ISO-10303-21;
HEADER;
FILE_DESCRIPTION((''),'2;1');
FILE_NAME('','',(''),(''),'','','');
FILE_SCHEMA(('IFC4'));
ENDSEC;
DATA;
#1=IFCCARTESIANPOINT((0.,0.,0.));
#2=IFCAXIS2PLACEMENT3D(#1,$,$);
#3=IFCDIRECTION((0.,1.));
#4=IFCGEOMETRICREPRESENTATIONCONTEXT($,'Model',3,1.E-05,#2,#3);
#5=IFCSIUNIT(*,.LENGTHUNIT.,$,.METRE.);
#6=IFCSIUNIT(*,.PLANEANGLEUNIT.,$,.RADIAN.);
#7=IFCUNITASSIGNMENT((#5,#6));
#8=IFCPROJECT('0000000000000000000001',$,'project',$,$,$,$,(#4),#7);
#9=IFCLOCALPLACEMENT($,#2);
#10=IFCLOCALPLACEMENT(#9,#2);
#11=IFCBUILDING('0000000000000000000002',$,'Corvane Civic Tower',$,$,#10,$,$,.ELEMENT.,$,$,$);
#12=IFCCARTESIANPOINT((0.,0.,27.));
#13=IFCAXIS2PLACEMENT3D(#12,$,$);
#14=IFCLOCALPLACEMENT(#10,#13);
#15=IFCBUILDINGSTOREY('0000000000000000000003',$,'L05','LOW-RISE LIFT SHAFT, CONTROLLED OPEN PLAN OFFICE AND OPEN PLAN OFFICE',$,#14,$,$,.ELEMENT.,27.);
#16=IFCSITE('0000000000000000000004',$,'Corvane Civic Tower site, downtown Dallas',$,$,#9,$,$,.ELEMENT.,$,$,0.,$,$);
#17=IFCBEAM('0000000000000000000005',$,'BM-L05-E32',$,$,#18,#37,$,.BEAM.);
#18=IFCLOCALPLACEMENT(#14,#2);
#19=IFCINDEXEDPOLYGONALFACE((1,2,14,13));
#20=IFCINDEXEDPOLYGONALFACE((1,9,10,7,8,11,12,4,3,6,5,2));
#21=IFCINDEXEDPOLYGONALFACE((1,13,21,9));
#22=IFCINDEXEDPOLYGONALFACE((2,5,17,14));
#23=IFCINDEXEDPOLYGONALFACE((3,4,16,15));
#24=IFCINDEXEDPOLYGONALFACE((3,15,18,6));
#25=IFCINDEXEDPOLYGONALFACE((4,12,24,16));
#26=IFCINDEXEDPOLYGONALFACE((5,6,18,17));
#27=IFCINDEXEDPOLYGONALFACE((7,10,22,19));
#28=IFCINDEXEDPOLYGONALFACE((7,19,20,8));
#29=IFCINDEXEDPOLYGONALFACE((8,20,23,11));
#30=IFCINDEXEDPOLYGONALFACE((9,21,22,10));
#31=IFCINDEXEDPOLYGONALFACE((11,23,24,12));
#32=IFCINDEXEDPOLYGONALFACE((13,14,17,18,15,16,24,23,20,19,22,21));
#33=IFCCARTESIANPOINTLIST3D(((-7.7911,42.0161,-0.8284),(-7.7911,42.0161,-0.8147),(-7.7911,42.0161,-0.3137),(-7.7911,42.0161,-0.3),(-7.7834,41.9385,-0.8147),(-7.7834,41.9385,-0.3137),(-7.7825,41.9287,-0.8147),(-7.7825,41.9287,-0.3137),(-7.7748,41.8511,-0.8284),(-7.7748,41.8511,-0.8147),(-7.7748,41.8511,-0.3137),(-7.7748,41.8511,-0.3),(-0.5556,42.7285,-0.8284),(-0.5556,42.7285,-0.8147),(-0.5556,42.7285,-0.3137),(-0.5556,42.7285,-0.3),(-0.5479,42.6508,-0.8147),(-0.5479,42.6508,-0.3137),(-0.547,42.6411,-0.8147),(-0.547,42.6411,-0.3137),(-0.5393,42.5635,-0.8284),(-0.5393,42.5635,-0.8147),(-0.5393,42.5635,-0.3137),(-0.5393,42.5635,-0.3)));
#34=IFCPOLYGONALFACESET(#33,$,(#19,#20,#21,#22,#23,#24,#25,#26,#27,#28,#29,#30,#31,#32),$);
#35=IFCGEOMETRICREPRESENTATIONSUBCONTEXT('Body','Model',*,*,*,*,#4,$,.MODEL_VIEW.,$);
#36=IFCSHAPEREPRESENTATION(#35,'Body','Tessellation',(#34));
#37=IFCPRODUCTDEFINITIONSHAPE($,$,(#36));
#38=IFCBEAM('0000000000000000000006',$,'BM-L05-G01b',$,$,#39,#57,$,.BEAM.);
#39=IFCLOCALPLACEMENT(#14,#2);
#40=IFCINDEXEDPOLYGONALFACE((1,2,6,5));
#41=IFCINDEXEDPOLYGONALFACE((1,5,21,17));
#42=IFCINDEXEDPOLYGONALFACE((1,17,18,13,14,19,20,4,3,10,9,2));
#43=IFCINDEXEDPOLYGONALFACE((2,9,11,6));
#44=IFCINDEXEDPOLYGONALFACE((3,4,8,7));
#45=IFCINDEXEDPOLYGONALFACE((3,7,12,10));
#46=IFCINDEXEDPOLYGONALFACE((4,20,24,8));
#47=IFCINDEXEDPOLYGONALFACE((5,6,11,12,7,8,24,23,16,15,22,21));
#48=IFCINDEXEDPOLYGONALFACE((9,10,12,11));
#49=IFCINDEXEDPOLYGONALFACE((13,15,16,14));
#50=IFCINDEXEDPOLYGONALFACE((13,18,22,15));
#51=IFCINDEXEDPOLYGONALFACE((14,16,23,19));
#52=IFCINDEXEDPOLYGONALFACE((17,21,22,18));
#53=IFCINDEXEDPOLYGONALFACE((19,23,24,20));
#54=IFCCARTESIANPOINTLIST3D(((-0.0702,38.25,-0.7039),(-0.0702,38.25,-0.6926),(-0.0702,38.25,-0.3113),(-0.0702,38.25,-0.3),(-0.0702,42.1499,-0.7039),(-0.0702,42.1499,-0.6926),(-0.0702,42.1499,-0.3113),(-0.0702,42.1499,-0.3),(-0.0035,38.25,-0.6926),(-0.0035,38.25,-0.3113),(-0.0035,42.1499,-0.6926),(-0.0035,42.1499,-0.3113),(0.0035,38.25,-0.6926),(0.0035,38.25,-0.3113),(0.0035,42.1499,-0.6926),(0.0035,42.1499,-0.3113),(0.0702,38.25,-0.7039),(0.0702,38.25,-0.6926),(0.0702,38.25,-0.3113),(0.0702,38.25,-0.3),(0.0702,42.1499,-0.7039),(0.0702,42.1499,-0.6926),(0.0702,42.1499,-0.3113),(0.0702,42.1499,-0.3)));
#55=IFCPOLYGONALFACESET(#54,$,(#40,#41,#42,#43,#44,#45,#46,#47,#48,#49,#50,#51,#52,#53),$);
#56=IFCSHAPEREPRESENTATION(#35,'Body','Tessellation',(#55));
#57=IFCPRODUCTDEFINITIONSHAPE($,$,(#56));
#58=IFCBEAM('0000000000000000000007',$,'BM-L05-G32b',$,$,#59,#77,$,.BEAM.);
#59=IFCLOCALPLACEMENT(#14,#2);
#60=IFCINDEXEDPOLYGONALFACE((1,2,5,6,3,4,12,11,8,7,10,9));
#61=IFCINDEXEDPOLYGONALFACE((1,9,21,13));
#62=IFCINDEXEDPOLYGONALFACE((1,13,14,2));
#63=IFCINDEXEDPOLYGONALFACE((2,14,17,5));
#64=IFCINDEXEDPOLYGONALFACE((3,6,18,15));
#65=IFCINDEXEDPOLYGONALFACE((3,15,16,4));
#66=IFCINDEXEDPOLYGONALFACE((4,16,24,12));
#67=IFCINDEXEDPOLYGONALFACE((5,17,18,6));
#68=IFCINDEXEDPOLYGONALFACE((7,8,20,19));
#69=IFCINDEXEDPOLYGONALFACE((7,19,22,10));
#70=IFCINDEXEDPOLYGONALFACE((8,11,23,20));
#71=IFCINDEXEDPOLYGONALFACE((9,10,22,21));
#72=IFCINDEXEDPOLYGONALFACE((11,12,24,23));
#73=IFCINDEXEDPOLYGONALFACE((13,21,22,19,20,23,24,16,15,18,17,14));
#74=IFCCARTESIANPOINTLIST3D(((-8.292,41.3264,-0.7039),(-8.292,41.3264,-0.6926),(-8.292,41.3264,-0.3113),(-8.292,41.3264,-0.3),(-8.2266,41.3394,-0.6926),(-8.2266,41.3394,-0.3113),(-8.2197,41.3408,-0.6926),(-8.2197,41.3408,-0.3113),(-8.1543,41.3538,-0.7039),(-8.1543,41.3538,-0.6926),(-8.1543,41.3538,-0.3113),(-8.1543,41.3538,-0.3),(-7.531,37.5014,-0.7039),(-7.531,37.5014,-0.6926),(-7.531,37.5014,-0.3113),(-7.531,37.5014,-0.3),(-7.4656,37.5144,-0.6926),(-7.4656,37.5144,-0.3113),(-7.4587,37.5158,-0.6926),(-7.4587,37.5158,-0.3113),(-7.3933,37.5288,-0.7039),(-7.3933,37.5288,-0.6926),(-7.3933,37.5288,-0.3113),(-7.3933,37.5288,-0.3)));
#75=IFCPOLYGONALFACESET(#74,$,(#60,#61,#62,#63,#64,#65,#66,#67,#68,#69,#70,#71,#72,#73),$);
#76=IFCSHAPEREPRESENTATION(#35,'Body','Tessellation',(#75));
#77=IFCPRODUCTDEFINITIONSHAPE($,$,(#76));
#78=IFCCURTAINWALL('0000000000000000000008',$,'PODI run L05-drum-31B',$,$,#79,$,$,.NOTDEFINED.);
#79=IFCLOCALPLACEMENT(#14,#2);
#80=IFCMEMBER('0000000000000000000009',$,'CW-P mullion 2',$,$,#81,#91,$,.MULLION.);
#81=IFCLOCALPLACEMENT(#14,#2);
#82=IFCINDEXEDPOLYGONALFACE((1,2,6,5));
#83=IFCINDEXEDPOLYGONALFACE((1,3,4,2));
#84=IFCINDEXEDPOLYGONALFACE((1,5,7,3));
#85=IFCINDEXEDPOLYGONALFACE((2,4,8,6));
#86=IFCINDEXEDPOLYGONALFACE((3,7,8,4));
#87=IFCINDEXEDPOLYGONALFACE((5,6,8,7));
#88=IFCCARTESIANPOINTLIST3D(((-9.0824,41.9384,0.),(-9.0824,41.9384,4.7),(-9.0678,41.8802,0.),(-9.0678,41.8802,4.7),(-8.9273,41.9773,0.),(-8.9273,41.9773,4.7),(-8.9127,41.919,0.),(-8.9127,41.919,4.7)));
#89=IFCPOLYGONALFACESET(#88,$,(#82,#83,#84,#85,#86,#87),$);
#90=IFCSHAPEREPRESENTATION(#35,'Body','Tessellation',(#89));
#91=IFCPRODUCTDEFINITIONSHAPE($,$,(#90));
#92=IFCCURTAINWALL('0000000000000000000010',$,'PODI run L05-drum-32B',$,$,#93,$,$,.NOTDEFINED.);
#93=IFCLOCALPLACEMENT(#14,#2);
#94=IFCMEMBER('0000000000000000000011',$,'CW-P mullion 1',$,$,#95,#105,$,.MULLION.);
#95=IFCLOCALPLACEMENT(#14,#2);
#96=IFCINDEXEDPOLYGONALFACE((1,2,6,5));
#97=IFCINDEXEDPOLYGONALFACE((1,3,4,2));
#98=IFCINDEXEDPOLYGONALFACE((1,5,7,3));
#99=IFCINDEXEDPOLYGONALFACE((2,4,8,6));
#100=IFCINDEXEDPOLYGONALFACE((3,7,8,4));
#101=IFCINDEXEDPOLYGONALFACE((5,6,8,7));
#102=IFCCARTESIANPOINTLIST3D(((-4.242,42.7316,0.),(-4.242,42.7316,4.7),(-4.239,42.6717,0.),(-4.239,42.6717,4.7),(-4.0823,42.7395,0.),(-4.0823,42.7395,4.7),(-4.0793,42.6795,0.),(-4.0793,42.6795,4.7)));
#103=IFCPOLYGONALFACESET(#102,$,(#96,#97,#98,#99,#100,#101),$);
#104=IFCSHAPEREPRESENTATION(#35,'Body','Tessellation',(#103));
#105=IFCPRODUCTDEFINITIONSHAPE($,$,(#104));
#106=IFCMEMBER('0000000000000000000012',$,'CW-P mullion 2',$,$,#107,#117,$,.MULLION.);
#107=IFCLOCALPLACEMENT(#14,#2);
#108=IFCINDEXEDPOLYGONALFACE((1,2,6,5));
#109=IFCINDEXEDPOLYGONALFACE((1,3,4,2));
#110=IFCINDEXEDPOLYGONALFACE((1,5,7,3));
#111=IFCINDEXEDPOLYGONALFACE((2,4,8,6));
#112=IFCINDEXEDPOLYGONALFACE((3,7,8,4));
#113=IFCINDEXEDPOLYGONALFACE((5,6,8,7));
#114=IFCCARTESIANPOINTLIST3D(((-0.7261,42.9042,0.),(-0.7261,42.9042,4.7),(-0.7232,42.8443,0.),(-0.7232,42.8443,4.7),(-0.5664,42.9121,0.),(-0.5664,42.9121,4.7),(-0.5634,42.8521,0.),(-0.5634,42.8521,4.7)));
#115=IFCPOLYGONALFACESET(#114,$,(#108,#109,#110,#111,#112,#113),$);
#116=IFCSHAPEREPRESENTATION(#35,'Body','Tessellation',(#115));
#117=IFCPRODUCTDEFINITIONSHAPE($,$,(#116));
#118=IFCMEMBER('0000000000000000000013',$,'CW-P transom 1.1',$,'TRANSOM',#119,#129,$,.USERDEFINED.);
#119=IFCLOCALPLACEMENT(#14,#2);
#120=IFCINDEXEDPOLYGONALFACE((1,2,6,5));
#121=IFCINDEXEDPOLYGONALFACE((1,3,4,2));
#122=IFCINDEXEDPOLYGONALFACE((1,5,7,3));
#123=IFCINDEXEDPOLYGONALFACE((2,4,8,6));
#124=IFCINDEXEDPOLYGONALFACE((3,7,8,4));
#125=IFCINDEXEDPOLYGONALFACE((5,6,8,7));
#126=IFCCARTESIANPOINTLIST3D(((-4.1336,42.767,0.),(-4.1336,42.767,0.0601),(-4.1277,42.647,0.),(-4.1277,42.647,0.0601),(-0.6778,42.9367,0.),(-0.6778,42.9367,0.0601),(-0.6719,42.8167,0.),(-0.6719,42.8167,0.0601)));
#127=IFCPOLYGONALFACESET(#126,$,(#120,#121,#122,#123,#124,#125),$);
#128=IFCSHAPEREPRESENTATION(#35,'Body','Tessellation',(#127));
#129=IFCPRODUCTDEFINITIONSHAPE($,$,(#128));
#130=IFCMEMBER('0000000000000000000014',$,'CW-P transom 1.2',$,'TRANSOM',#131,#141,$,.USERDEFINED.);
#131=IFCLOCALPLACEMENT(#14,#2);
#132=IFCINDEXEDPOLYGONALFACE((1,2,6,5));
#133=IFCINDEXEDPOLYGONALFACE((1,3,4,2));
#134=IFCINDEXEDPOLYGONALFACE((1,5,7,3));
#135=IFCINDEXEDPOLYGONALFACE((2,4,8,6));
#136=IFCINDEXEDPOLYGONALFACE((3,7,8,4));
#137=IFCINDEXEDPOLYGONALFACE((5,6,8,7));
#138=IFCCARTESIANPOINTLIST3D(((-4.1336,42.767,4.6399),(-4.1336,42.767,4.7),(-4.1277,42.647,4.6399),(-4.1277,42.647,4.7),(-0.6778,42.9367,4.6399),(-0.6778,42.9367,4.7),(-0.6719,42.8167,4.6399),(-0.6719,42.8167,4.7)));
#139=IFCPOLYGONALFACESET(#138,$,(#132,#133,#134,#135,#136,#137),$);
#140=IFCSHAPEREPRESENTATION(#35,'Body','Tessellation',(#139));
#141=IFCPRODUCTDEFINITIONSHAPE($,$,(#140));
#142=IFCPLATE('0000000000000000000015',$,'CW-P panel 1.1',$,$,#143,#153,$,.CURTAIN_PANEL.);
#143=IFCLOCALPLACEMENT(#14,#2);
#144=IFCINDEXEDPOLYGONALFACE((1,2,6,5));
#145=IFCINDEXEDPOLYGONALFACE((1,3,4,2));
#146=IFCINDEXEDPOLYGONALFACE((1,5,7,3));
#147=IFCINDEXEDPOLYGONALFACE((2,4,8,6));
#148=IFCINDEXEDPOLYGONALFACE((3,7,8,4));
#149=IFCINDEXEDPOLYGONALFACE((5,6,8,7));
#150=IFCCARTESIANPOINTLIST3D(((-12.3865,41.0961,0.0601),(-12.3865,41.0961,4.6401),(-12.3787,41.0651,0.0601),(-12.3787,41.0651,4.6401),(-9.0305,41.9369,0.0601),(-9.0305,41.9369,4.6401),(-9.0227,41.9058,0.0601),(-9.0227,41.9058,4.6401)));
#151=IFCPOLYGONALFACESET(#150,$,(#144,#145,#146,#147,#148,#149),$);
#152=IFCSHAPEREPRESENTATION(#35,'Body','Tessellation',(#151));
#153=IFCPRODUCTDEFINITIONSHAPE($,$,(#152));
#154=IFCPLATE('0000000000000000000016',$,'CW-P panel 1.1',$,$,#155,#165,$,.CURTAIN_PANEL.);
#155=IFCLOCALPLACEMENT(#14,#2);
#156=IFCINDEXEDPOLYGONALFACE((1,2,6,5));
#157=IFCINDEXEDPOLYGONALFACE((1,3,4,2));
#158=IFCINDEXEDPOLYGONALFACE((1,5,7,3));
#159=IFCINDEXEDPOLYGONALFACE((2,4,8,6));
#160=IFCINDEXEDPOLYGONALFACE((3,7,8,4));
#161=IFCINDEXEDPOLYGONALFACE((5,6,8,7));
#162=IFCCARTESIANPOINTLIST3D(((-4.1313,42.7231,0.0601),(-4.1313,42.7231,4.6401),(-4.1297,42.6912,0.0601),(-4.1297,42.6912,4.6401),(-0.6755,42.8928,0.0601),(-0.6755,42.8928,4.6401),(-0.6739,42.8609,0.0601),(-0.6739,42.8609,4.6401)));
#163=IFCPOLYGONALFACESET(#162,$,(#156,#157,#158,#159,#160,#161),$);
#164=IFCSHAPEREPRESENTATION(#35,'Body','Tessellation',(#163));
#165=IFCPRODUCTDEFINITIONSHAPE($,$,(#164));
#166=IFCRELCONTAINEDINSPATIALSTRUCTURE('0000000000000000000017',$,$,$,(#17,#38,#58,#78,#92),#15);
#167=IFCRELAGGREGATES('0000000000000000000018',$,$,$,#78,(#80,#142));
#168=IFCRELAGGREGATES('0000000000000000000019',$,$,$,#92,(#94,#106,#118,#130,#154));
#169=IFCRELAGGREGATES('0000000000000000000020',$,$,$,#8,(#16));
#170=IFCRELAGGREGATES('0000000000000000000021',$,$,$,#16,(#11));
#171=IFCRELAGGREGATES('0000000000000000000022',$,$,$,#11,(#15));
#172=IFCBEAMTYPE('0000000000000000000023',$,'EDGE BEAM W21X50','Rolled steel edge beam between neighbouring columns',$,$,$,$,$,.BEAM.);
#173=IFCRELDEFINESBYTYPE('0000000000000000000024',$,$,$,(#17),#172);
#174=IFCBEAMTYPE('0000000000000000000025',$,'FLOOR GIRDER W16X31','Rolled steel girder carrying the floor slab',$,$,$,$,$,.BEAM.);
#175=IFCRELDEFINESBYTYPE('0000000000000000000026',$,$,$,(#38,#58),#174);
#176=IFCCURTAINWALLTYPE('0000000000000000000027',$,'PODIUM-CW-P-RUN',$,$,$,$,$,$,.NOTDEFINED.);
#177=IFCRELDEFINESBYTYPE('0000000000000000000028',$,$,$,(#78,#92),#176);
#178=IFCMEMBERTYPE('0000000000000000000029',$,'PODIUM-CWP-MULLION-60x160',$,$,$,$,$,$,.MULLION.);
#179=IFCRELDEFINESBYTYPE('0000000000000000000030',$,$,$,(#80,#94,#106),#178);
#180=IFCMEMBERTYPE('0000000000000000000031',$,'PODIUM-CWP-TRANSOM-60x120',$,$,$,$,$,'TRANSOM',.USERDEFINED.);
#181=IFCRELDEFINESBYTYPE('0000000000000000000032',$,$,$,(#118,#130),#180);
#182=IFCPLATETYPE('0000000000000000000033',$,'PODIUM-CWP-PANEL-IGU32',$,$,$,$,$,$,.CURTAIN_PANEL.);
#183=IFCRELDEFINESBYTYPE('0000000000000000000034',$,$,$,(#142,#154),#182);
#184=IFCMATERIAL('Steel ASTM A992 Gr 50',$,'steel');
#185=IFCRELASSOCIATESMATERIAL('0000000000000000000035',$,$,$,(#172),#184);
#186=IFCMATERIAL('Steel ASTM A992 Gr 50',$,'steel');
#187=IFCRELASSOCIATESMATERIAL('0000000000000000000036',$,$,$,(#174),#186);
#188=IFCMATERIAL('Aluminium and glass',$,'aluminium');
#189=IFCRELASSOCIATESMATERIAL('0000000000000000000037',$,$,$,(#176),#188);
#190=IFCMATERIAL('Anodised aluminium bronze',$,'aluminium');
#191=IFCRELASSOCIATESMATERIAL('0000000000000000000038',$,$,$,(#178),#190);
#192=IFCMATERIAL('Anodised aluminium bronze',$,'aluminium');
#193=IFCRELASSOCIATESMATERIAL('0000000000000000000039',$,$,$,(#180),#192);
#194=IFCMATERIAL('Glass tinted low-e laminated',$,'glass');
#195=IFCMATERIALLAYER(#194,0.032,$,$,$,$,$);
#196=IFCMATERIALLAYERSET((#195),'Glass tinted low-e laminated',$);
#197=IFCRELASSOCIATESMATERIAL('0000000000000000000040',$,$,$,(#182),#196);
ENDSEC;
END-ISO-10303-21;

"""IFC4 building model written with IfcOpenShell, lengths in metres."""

from ifc_helpers import new_model, si_unit, direction, frame, origin, origin_2d, place, context, subcontext, project, spatial, rectangle, i_section, extrude, material, layer, layer_set, material_profile, profile_set, type_object, element, aggregate, save


model = new_model("IFC4")

# Units and contexts
model_context = context("Model", 3, precision=1e-05, world=origin(), true_north=direction((0.0, 1.0)))
body_context = subcontext(model_context, "Body", "Model", "MODEL_VIEW")
ifc_project = project(units=[si_unit("LENGTHUNIT", "METRE"), si_unit("PLANEANGLEUNIT", "RADIAN")], contexts=[model_context])

# Site, building, storey
site_placement = place(None, origin())
site = spatial("IfcSite", under=ifc_project, at=site_placement, Name="Corvane Civic Tower site, downtown Dallas", CompositionType="ELEMENT", RefElevation=0.0)
building_placement = place(site_placement, origin())
building = spatial("IfcBuilding", under=site, at=building_placement, Name="Corvane Civic Tower", CompositionType="ELEMENT")
storey_placement = place(building_placement, frame((0.0, 0.0, 27.0)))
storey = spatial("IfcBuildingStorey", under=building, at=storey_placement, Name="L05", Description="LOW-RISE LIFT SHAFT, CONTROLLED OPEN PLAN OFFICE AND OPEN PLAN OFFICE", CompositionType="ELEMENT", Elevation=27.0)

# Beams
ifc_material_1 = material(Name="Steel ASTM A992 Gr 50", Category="steel")
ifc_material_profile_1 = material_profile(ifc_material_1, i_section(OverallWidth=0.1658, OverallDepth=0.5283, WebThickness=0.0098, FlangeThickness=0.0137, at=origin_2d()), Name="W21X50")
ifc_profile_set_1 = profile_set([ifc_material_profile_1], Name="Steel ASTM A992 Gr 50")
beam_type_1 = type_object("IfcBeamType", Name="EDGE BEAM W21X50", Description="Rolled steel edge beam between neighbouring columns", PredefinedType="BEAM", material=ifc_profile_set_1)
beam_placement = place(storey_placement, frame((-7.783, 41.9336, -0.5642), z_axis=(0.995188, 0.097984, 0.0), x_axis=(-0.097984, 0.995188, 0.0)))
element("IfcBeam", 1, at=beam_placement, inside=storey, type_object=beam_type_1, Name="BM-L05-E32", PredefinedType="BEAM", context=body_context, shape_type="SweptSolid", body=[
    extrude(i_section(OverallWidth=0.1658, OverallDepth=0.5283, WebThickness=0.0098, FlangeThickness=0.0137, at=origin_2d()), origin(), (0.0, 0.0, 1.0), 7.2705),
])
ifc_material_2 = material(Name="Steel ASTM A992 Gr 50", Category="steel")
ifc_material_profile_2 = material_profile(ifc_material_2, i_section(OverallWidth=0.1404, OverallDepth=0.4038, WebThickness=0.0071, FlangeThickness=0.0112, at=origin_2d()), Name="W16X31")
ifc_profile_set_2 = profile_set([ifc_material_profile_2], Name="Steel ASTM A992 Gr 50")
beam_type_2 = type_object("IfcBeamType", Name="FLOOR GIRDER W16X31", Description="Rolled steel girder carrying the floor slab", PredefinedType="BEAM", material=ifc_profile_set_2)
for number, where, z_axis, x_axis, name in (
    (2, (0.0, 38.25, -0.502), (0.0, 1.0, 0.0), (-1.0, 0.0, 0.0), "BM-L05-G01b"),
    (3, (-7.4622, 37.5151, -0.502), (-0.195129, 0.980778, 0.0), (-0.980778, -0.195129, 0.0), "BM-L05-G32b"),
):
    element("IfcBeam", number, at=place(storey_placement, frame(where, z_axis=z_axis, x_axis=x_axis)), inside=storey, type_object=beam_type_2, Name=name, PredefinedType="BEAM", context=body_context, shape_type="SweptSolid", body=[
        extrude(i_section(OverallWidth=0.1404, OverallDepth=0.4038, WebThickness=0.0071, FlangeThickness=0.0112, at=origin_2d()), origin(), (0.0, 0.0, 1.0), 3.8999),
    ])

# Curtain wall, member
ifc_material_3 = material(Name="Aluminium and glass", Category="aluminium")
curtain_wall_type = type_object("IfcCurtainWallType", Name="PODIUM-CW-P-RUN", PredefinedType="NOTDEFINED", material=ifc_material_3)
curtain_wall_1_placement = place(storey_placement, origin())
curtain_wall_1 = element("IfcCurtainWall", 4, at=curtain_wall_1_placement, inside=storey, type_object=curtain_wall_type, Name="PODI run L05-drum-31B", PredefinedType="NOTDEFINED")
ifc_material_4 = material(Name="Anodised aluminium bronze", Category="aluminium")
ifc_material_profile_3 = material_profile(ifc_material_4, rectangle(XDim=0.0601, YDim=0.1599, at=origin_2d()), Name="AL 60x160")
ifc_profile_set_3 = profile_set([ifc_material_profile_3], Name="Anodised aluminium bronze")
member_type_1 = type_object("IfcMemberType", Name="PODIUM-CWP-MULLION-60x160", PredefinedType="MULLION", material=ifc_profile_set_3)
member_1_placement = place(storey_placement, frame((-8.9976, 41.9287, 0.0), z_axis=(0.0, 0.0, 1.0), x_axis=(-0.243009, 0.970024, 0.0)))
member_1 = element("IfcMember", 5, at=member_1_placement, type_object=member_type_1, Name="CW-P mullion 2", PredefinedType="MULLION", context=body_context, shape_type="SweptSolid", body=[
    extrude(rectangle(XDim=0.0601, YDim=0.1599, at=origin_2d()), origin(), (0.0, 0.0, 1.0), 4.7),
])

# Curtain wall, members
curtain_wall_2_placement = place(storey_placement, origin())
curtain_wall_2 = element("IfcCurtainWall", 6, at=curtain_wall_2_placement, inside=storey, type_object=curtain_wall_type, Name="PODI run L05-drum-32B", PredefinedType="NOTDEFINED")
member_2_placement = place(storey_placement, frame((-4.1606, 42.7056, 0.0), z_axis=(0.0, 0.0, 1.0), x_axis=(-0.04905, 0.998796, 0.0)))
member_2 = element("IfcMember", 7, at=member_2_placement, type_object=member_type_1, Name="CW-P mullion 1", PredefinedType="MULLION", context=body_context, shape_type="SweptSolid", body=[
    extrude(rectangle(XDim=0.0601, YDim=0.1599, at=origin_2d()), origin(), (0.0, 0.0, 1.0), 4.7),
])
member_3_placement = place(storey_placement, frame((-0.6448, 42.8782, 0.0), z_axis=(0.0, 0.0, 1.0), x_axis=(-0.04905, 0.998796, 0.0)))
member_3 = element("IfcMember", 8, at=member_3_placement, type_object=member_type_1, Name="CW-P mullion 2", PredefinedType="MULLION", context=body_context, shape_type="SweptSolid", body=[
    extrude(rectangle(XDim=0.0601, YDim=0.1599, at=origin_2d()), origin(), (0.0, 0.0, 1.0), 4.7),
])
ifc_material_5 = material(Name="Anodised aluminium bronze", Category="aluminium")
ifc_material_profile_4 = material_profile(ifc_material_5, rectangle(XDim=0.1201, YDim=0.0601, at=origin_2d()), Name="AL 120x60")
ifc_profile_set_4 = profile_set([ifc_material_profile_4], Name="Anodised aluminium bronze")
member_type_2 = type_object("IfcMemberType", Name="PODIUM-CWP-TRANSOM-60x120", ElementType="TRANSOM", PredefinedType="USERDEFINED", material=ifc_profile_set_4)
member_4_placement = place(storey_placement, frame((-4.1306, 42.707, 0.03), z_axis=(0.998797, 0.04904, 0.0), x_axis=(-0.04904, 0.998797, 0.0)))
member_4 = element("IfcMember", 9, at=member_4_placement, type_object=member_type_2, Name="CW-P transom 1.1", ObjectType="TRANSOM", PredefinedType="USERDEFINED", context=body_context, shape_type="SweptSolid", body=[
    extrude(rectangle(XDim=0.1201, YDim=0.0601, at=origin_2d()), origin(), (0.0, 0.0, 1.0), 3.46),
])
member_5_placement = place(storey_placement, frame((-4.1306, 42.707, 4.6699), z_axis=(0.998797, 0.04904, 0.0), x_axis=(-0.04904, 0.998797, 0.0)))
member_5 = element("IfcMember", 10, at=member_5_placement, type_object=member_type_2, Name="CW-P transom 1.2", ObjectType="TRANSOM", PredefinedType="USERDEFINED", context=body_context, shape_type="SweptSolid", body=[
    extrude(rectangle(XDim=0.1201, YDim=0.0601, at=origin_2d()), origin(), (0.0, 0.0, 1.0), 3.46),
])

# Plates
ifc_material_6 = material(Name="Glass tinted low-e laminated", Category="glass")
ifc_layer_1 = layer(ifc_material_6, 0.032)
ifc_layer_set_1 = layer_set([ifc_layer_1], Name="Glass tinted low-e laminated")
plate_type = type_object("IfcPlateType", Name="PODIUM-CWP-PANEL-IGU32", PredefinedType="CURTAIN_PANEL", material=ifc_layer_set_1)
plate_1_placement = place(storey_placement, frame((-10.7046, 41.501, 0.0601), z_axis=(0.0, 0.0, 1.0), x_axis=(0.970024, 0.243009, 0.0)))
plate_1 = element("IfcPlate", 11, at=plate_1_placement, type_object=plate_type, Name="CW-P panel 1.1", PredefinedType="CURTAIN_PANEL", context=body_context, shape_type="SweptSolid", body=[
    extrude(rectangle(XDim=3.4597, YDim=0.032, at=origin_2d()), origin(), (0.0, 0.0, 1.0), 4.5801),
])
aggregate(curtain_wall_1, [member_1, plate_1])
plate_2_placement = place(storey_placement, frame((-2.4026, 42.792, 0.0601), z_axis=(0.0, 0.0, 1.0), x_axis=(0.998796, 0.04905, 0.0)))
plate_2 = element("IfcPlate", 12, at=plate_2_placement, type_object=plate_type, Name="CW-P panel 1.1", PredefinedType="CURTAIN_PANEL", context=body_context, shape_type="SweptSolid", body=[
    extrude(rectangle(XDim=3.46, YDim=0.032, at=origin_2d()), origin(), (0.0, 0.0, 1.0), 4.5801),
])
aggregate(curtain_wall_2, [member_2, member_3, member_4, member_5, plate_2])

save(model, "model.ifc")
